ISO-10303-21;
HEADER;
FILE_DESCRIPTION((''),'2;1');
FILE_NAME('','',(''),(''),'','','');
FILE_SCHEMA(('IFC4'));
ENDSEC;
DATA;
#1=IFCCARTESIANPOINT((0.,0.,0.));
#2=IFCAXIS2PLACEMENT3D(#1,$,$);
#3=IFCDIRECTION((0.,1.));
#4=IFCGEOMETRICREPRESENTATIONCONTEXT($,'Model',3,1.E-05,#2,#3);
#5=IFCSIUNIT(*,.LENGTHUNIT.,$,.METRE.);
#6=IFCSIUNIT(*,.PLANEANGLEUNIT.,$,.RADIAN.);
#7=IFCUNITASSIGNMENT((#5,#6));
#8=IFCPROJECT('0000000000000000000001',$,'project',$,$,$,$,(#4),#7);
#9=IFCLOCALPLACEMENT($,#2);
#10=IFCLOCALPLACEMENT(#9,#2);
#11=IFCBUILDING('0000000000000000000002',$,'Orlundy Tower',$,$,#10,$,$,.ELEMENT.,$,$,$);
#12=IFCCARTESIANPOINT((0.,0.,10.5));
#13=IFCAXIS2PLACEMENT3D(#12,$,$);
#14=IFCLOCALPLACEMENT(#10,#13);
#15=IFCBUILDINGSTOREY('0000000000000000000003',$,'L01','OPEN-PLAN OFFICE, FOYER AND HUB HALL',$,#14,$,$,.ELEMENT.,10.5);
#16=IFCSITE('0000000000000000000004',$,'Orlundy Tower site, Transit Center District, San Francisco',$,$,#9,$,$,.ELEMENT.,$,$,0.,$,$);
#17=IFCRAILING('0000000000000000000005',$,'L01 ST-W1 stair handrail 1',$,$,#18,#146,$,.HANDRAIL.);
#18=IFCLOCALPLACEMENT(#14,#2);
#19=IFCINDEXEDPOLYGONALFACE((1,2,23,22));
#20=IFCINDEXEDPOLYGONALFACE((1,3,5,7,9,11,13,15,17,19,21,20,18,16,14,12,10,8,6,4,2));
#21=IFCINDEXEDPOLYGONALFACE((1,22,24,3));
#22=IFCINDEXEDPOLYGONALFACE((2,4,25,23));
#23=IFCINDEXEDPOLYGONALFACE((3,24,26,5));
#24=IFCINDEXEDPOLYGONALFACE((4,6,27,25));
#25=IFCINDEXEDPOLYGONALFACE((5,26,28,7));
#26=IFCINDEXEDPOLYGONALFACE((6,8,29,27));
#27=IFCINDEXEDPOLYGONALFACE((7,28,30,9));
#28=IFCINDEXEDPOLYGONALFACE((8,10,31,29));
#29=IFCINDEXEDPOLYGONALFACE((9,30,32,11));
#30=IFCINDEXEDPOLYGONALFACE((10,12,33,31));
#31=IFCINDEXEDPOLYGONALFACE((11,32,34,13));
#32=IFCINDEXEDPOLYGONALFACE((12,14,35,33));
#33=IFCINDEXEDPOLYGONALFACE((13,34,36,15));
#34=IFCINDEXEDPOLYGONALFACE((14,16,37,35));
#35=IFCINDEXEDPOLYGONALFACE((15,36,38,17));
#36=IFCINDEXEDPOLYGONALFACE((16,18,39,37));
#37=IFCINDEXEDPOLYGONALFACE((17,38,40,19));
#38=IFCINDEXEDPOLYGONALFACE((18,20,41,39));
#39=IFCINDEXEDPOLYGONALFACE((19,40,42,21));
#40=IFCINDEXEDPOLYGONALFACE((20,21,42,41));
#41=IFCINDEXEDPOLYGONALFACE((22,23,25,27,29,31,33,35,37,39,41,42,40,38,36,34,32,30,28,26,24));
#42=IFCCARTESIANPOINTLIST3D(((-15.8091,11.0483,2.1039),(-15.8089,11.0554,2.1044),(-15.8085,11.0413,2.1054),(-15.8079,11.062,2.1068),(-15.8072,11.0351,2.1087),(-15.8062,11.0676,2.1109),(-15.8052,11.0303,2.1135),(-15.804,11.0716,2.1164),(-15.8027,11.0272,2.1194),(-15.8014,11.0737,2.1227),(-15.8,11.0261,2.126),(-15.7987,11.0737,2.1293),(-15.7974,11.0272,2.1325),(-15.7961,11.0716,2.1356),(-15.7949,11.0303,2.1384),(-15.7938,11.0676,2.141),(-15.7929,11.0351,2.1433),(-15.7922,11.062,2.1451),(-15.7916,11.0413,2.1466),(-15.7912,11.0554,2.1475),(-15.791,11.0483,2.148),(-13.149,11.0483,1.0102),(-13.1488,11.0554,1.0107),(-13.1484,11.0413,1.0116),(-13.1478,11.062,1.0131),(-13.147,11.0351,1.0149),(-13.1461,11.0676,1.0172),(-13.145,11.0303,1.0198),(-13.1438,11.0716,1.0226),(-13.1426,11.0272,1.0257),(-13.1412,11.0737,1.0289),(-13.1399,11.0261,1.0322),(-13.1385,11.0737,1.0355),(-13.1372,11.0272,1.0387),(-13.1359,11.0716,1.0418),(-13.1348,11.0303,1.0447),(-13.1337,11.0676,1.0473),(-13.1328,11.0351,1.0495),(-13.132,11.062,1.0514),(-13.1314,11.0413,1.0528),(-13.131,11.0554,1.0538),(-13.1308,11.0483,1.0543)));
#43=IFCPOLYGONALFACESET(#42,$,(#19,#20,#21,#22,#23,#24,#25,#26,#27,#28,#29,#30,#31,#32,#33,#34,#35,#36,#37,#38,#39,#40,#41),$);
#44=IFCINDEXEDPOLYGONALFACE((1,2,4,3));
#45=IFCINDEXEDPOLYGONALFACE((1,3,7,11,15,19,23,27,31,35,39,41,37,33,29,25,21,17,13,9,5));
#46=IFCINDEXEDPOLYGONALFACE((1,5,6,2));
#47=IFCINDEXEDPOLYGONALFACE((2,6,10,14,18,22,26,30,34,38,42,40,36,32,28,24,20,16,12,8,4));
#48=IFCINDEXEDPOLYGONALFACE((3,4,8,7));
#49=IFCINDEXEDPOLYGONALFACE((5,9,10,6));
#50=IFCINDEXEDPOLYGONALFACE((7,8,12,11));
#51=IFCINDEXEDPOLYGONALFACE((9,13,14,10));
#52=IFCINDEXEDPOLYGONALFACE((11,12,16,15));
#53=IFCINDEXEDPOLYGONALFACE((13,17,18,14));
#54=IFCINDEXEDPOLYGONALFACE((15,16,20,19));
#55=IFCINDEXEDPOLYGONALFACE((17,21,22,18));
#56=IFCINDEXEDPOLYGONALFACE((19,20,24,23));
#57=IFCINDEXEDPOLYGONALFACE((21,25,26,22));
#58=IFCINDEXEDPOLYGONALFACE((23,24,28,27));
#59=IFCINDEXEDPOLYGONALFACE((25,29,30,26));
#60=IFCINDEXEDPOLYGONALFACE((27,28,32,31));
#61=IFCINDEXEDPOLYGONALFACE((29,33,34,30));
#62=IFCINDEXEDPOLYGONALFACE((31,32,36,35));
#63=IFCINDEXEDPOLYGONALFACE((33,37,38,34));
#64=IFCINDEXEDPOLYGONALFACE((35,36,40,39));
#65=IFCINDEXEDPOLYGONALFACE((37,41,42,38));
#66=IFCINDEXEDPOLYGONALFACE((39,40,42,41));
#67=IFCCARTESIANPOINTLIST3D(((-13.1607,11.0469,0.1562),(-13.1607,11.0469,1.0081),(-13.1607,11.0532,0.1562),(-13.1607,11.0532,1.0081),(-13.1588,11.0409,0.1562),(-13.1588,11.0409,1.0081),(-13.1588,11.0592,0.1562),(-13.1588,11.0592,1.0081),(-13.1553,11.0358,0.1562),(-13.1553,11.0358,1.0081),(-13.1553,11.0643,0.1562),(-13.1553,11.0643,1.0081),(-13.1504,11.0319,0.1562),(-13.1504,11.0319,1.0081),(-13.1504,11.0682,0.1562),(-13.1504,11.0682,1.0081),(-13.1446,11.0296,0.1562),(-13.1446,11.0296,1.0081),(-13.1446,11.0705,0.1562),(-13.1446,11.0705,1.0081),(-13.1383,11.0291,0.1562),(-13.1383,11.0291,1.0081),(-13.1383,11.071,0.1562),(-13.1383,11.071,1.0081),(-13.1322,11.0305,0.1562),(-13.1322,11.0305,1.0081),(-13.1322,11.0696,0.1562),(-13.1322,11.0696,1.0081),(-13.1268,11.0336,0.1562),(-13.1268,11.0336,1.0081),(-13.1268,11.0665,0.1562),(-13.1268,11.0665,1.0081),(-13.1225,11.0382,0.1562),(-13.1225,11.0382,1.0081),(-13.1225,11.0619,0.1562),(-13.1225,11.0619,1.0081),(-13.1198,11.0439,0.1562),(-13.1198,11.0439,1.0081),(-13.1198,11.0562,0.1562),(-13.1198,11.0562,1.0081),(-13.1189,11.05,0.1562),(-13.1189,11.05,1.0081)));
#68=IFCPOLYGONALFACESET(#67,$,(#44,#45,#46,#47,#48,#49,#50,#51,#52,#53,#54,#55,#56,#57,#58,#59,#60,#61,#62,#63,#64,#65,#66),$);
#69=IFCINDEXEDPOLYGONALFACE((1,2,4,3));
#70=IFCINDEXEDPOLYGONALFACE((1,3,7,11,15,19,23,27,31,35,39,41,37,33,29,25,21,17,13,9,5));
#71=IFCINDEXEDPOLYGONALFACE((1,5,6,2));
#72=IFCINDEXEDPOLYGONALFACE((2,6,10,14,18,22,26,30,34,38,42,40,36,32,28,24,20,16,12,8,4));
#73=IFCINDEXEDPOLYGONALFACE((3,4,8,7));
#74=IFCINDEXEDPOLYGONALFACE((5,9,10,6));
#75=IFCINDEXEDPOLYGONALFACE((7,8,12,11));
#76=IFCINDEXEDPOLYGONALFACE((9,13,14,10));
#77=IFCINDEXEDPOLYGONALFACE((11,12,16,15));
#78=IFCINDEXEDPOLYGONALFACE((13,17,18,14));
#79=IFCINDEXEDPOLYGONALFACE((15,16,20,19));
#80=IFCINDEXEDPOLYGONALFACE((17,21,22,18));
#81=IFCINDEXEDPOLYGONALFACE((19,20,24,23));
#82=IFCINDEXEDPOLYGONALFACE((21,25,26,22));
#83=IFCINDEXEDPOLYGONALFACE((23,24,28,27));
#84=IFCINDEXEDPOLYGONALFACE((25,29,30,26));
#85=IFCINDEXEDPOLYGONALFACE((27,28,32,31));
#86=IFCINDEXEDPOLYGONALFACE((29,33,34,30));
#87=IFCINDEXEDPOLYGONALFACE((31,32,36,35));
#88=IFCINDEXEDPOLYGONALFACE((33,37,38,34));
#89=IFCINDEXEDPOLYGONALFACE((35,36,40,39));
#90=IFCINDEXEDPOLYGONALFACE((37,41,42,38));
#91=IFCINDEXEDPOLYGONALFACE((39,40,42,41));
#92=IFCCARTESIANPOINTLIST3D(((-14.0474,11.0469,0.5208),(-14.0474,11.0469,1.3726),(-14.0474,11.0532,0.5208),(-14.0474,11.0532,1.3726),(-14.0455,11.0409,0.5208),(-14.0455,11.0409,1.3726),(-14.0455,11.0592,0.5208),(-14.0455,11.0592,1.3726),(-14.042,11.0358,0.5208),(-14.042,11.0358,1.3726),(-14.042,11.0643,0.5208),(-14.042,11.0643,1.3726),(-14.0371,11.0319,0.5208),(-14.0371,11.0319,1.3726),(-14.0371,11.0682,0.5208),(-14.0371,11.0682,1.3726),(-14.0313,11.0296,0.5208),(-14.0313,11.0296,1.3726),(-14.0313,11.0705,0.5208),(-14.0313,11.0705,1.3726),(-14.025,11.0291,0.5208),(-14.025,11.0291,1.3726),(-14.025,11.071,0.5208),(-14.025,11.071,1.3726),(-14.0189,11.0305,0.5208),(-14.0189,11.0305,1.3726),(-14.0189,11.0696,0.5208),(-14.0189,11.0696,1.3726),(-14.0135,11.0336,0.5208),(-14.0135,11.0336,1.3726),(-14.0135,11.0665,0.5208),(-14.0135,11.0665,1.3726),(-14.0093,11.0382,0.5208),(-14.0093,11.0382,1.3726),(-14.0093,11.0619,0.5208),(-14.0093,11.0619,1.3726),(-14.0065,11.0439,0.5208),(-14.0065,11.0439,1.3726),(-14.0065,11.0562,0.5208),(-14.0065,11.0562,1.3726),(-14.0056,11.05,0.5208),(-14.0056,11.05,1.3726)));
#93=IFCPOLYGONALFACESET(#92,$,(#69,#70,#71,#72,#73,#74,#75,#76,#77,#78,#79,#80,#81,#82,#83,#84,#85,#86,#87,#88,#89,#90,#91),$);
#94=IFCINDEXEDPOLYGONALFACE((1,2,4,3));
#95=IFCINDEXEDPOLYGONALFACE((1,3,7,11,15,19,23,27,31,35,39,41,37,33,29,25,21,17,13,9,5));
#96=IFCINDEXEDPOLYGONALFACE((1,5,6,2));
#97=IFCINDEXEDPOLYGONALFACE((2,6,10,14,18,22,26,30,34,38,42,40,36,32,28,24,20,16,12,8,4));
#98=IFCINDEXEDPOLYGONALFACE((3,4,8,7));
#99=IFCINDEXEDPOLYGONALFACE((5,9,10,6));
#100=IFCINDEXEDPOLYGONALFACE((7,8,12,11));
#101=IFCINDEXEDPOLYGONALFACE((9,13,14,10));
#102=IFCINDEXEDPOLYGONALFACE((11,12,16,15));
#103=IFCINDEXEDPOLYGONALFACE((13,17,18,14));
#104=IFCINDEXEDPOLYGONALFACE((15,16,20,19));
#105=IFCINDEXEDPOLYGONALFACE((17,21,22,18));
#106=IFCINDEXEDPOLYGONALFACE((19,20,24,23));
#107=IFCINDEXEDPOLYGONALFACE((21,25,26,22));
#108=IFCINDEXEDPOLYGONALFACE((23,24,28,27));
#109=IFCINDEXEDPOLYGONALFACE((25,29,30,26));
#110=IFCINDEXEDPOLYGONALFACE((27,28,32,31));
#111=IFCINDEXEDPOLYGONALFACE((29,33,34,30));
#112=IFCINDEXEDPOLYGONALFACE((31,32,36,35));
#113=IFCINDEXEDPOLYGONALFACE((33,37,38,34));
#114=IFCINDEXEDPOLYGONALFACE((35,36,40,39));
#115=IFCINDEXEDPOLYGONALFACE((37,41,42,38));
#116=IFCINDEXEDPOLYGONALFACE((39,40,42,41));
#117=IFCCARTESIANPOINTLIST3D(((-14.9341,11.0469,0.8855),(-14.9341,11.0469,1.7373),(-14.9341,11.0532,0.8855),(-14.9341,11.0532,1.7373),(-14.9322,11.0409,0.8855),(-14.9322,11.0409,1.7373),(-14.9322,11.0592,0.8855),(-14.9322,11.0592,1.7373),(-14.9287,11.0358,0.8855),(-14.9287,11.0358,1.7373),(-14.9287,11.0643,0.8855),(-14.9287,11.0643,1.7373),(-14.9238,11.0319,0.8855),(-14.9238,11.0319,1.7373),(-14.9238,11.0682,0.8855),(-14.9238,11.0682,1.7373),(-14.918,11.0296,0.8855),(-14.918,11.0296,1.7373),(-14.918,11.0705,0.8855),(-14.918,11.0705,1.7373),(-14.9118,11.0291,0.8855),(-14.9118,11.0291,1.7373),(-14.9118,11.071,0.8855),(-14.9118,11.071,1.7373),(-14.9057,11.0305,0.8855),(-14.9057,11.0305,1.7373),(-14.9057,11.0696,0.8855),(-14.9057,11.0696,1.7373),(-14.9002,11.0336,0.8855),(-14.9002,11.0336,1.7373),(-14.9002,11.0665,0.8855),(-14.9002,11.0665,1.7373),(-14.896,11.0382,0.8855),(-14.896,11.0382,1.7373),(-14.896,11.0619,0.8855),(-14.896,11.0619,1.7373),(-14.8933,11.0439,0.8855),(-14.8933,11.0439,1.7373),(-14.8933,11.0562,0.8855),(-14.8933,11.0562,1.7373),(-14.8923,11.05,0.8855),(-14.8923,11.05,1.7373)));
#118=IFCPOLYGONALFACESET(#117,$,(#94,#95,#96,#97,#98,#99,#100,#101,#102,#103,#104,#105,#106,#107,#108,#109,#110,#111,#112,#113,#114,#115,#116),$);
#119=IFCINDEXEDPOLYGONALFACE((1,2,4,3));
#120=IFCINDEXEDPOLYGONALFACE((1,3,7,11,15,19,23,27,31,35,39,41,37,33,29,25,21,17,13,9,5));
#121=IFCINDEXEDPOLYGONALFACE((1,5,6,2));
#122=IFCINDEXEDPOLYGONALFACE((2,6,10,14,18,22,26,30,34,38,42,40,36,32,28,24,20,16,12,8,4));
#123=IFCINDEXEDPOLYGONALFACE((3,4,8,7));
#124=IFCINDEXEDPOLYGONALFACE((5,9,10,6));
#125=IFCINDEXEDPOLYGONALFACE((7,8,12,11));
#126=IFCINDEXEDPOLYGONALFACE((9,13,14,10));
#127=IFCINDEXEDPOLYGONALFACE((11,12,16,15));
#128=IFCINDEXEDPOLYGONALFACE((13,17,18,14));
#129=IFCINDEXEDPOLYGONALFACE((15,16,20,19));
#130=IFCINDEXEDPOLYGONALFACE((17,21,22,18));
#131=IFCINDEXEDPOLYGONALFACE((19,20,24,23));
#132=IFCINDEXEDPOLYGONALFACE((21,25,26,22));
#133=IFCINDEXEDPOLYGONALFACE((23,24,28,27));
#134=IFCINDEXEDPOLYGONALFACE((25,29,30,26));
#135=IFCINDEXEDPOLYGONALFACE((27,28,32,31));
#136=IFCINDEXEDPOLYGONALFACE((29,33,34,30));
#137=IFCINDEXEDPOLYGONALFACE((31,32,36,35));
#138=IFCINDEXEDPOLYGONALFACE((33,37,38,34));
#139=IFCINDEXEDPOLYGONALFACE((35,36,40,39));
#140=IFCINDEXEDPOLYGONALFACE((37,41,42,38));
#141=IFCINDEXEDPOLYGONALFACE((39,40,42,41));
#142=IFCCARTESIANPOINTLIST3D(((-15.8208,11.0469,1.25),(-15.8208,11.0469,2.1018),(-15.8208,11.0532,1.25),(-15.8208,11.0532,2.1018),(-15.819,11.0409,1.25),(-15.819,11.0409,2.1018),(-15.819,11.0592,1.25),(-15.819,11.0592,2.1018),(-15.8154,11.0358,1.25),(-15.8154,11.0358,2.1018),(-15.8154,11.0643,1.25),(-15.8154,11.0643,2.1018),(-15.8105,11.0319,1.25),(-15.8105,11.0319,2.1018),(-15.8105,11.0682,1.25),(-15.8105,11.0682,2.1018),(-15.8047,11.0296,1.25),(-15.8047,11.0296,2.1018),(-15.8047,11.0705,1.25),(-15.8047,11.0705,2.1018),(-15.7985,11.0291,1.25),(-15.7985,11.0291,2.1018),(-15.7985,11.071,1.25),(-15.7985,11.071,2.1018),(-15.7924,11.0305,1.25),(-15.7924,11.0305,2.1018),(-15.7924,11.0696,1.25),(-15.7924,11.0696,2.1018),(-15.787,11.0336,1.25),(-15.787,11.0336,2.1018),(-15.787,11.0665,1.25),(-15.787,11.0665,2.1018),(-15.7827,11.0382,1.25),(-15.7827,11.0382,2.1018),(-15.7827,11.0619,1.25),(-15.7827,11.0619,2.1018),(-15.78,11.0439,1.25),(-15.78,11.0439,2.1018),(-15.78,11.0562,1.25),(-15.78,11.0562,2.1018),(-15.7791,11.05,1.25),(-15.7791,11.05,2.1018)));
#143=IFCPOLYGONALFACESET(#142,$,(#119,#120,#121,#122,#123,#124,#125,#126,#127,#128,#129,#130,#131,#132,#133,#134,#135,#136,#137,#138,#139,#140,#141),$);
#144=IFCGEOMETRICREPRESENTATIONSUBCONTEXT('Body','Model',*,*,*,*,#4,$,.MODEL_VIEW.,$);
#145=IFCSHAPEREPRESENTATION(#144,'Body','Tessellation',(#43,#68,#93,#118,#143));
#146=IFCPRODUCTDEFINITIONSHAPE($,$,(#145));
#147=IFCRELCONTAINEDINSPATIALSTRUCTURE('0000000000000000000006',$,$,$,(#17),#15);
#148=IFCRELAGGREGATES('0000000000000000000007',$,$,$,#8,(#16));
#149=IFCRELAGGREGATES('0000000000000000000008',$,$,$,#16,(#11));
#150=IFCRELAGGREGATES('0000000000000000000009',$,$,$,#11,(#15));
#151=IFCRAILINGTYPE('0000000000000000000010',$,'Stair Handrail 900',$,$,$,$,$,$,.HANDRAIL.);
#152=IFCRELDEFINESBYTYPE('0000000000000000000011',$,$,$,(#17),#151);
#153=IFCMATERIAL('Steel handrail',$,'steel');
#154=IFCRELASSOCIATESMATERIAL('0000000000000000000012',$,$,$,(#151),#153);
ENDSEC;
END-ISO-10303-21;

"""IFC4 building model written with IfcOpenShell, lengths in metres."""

from ifc_helpers import new_model, si_unit, direction, frame, origin, origin_2d, place, context, subcontext, project, spatial, circle, extrude, material, type_object, element, save


model = new_model("IFC4")

# Units and contexts
model_context = context("Model", 3, precision=1e-05, world=origin(), true_north=direction((0.0, 1.0)))
body_context = subcontext(model_context, "Body", "Model", "MODEL_VIEW")
ifc_project = project(units=[si_unit("LENGTHUNIT", "METRE"), si_unit("PLANEANGLEUNIT", "RADIAN")], contexts=[model_context])

# Site, building, storey
site_placement = place(None, origin())
site = spatial("IfcSite", under=ifc_project, at=site_placement, Name="Orlundy Tower site, Transit Center District, San Francisco", CompositionType="ELEMENT", RefElevation=0.0)
building_placement = place(site_placement, origin())
building = spatial("IfcBuilding", under=site, at=building_placement, Name="Orlundy Tower", CompositionType="ELEMENT")
storey_placement = place(building_placement, frame((0.0, 0.0, 10.5)))
storey = spatial("IfcBuildingStorey", under=building, at=storey_placement, Name="L01", Description="OPEN-PLAN OFFICE, FOYER AND HUB HALL", CompositionType="ELEMENT", Elevation=10.5)

# Railing
ifc_material_1 = material(Name="Steel handrail", Category="steel")
railing_type_1 = type_object("IfcRailingType", Name="Stair Handrail 900", PredefinedType="HANDRAIL", material=ifc_material_1)
railing_1_placement = place(storey_placement, frame((-13.1399, 11.05, 0.1562)))
element("IfcRailing", 1, at=railing_1_placement, inside=storey, type_object=railing_type_1, Name="L01 ST-W1 stair handrail 1", PredefinedType="HANDRAIL", context=body_context, shape_type="SweptSolid", body=[
    extrude(circle(Radius=0.0239, at=origin_2d()), frame((0.0, 0.0, 0.876), z_axis=(-0.924875, 0.0, 0.380272), x_axis=(0.0, -1.0, 0.0)), (0.0, 0.0, 1.0), 2.8762),
    extrude(circle(Radius=0.021, at=origin_2d()), origin(), (0.0, 0.0, 1.0), 0.8518),
    extrude(circle(Radius=0.021, at=origin_2d()), frame((-0.8867, 0.0, 0.3645)), (0.0, 0.0, 1.0), 0.8518),
    extrude(circle(Radius=0.021, at=origin_2d()), frame((-1.7734, 0.0, 0.7292)), (0.0, 0.0, 1.0), 0.8518),
    extrude(circle(Radius=0.021, at=origin_2d()), frame((-2.6602, 0.0, 1.0938)), (0.0, 0.0, 1.0), 0.8518),
])

save(model, "model.ifc")
